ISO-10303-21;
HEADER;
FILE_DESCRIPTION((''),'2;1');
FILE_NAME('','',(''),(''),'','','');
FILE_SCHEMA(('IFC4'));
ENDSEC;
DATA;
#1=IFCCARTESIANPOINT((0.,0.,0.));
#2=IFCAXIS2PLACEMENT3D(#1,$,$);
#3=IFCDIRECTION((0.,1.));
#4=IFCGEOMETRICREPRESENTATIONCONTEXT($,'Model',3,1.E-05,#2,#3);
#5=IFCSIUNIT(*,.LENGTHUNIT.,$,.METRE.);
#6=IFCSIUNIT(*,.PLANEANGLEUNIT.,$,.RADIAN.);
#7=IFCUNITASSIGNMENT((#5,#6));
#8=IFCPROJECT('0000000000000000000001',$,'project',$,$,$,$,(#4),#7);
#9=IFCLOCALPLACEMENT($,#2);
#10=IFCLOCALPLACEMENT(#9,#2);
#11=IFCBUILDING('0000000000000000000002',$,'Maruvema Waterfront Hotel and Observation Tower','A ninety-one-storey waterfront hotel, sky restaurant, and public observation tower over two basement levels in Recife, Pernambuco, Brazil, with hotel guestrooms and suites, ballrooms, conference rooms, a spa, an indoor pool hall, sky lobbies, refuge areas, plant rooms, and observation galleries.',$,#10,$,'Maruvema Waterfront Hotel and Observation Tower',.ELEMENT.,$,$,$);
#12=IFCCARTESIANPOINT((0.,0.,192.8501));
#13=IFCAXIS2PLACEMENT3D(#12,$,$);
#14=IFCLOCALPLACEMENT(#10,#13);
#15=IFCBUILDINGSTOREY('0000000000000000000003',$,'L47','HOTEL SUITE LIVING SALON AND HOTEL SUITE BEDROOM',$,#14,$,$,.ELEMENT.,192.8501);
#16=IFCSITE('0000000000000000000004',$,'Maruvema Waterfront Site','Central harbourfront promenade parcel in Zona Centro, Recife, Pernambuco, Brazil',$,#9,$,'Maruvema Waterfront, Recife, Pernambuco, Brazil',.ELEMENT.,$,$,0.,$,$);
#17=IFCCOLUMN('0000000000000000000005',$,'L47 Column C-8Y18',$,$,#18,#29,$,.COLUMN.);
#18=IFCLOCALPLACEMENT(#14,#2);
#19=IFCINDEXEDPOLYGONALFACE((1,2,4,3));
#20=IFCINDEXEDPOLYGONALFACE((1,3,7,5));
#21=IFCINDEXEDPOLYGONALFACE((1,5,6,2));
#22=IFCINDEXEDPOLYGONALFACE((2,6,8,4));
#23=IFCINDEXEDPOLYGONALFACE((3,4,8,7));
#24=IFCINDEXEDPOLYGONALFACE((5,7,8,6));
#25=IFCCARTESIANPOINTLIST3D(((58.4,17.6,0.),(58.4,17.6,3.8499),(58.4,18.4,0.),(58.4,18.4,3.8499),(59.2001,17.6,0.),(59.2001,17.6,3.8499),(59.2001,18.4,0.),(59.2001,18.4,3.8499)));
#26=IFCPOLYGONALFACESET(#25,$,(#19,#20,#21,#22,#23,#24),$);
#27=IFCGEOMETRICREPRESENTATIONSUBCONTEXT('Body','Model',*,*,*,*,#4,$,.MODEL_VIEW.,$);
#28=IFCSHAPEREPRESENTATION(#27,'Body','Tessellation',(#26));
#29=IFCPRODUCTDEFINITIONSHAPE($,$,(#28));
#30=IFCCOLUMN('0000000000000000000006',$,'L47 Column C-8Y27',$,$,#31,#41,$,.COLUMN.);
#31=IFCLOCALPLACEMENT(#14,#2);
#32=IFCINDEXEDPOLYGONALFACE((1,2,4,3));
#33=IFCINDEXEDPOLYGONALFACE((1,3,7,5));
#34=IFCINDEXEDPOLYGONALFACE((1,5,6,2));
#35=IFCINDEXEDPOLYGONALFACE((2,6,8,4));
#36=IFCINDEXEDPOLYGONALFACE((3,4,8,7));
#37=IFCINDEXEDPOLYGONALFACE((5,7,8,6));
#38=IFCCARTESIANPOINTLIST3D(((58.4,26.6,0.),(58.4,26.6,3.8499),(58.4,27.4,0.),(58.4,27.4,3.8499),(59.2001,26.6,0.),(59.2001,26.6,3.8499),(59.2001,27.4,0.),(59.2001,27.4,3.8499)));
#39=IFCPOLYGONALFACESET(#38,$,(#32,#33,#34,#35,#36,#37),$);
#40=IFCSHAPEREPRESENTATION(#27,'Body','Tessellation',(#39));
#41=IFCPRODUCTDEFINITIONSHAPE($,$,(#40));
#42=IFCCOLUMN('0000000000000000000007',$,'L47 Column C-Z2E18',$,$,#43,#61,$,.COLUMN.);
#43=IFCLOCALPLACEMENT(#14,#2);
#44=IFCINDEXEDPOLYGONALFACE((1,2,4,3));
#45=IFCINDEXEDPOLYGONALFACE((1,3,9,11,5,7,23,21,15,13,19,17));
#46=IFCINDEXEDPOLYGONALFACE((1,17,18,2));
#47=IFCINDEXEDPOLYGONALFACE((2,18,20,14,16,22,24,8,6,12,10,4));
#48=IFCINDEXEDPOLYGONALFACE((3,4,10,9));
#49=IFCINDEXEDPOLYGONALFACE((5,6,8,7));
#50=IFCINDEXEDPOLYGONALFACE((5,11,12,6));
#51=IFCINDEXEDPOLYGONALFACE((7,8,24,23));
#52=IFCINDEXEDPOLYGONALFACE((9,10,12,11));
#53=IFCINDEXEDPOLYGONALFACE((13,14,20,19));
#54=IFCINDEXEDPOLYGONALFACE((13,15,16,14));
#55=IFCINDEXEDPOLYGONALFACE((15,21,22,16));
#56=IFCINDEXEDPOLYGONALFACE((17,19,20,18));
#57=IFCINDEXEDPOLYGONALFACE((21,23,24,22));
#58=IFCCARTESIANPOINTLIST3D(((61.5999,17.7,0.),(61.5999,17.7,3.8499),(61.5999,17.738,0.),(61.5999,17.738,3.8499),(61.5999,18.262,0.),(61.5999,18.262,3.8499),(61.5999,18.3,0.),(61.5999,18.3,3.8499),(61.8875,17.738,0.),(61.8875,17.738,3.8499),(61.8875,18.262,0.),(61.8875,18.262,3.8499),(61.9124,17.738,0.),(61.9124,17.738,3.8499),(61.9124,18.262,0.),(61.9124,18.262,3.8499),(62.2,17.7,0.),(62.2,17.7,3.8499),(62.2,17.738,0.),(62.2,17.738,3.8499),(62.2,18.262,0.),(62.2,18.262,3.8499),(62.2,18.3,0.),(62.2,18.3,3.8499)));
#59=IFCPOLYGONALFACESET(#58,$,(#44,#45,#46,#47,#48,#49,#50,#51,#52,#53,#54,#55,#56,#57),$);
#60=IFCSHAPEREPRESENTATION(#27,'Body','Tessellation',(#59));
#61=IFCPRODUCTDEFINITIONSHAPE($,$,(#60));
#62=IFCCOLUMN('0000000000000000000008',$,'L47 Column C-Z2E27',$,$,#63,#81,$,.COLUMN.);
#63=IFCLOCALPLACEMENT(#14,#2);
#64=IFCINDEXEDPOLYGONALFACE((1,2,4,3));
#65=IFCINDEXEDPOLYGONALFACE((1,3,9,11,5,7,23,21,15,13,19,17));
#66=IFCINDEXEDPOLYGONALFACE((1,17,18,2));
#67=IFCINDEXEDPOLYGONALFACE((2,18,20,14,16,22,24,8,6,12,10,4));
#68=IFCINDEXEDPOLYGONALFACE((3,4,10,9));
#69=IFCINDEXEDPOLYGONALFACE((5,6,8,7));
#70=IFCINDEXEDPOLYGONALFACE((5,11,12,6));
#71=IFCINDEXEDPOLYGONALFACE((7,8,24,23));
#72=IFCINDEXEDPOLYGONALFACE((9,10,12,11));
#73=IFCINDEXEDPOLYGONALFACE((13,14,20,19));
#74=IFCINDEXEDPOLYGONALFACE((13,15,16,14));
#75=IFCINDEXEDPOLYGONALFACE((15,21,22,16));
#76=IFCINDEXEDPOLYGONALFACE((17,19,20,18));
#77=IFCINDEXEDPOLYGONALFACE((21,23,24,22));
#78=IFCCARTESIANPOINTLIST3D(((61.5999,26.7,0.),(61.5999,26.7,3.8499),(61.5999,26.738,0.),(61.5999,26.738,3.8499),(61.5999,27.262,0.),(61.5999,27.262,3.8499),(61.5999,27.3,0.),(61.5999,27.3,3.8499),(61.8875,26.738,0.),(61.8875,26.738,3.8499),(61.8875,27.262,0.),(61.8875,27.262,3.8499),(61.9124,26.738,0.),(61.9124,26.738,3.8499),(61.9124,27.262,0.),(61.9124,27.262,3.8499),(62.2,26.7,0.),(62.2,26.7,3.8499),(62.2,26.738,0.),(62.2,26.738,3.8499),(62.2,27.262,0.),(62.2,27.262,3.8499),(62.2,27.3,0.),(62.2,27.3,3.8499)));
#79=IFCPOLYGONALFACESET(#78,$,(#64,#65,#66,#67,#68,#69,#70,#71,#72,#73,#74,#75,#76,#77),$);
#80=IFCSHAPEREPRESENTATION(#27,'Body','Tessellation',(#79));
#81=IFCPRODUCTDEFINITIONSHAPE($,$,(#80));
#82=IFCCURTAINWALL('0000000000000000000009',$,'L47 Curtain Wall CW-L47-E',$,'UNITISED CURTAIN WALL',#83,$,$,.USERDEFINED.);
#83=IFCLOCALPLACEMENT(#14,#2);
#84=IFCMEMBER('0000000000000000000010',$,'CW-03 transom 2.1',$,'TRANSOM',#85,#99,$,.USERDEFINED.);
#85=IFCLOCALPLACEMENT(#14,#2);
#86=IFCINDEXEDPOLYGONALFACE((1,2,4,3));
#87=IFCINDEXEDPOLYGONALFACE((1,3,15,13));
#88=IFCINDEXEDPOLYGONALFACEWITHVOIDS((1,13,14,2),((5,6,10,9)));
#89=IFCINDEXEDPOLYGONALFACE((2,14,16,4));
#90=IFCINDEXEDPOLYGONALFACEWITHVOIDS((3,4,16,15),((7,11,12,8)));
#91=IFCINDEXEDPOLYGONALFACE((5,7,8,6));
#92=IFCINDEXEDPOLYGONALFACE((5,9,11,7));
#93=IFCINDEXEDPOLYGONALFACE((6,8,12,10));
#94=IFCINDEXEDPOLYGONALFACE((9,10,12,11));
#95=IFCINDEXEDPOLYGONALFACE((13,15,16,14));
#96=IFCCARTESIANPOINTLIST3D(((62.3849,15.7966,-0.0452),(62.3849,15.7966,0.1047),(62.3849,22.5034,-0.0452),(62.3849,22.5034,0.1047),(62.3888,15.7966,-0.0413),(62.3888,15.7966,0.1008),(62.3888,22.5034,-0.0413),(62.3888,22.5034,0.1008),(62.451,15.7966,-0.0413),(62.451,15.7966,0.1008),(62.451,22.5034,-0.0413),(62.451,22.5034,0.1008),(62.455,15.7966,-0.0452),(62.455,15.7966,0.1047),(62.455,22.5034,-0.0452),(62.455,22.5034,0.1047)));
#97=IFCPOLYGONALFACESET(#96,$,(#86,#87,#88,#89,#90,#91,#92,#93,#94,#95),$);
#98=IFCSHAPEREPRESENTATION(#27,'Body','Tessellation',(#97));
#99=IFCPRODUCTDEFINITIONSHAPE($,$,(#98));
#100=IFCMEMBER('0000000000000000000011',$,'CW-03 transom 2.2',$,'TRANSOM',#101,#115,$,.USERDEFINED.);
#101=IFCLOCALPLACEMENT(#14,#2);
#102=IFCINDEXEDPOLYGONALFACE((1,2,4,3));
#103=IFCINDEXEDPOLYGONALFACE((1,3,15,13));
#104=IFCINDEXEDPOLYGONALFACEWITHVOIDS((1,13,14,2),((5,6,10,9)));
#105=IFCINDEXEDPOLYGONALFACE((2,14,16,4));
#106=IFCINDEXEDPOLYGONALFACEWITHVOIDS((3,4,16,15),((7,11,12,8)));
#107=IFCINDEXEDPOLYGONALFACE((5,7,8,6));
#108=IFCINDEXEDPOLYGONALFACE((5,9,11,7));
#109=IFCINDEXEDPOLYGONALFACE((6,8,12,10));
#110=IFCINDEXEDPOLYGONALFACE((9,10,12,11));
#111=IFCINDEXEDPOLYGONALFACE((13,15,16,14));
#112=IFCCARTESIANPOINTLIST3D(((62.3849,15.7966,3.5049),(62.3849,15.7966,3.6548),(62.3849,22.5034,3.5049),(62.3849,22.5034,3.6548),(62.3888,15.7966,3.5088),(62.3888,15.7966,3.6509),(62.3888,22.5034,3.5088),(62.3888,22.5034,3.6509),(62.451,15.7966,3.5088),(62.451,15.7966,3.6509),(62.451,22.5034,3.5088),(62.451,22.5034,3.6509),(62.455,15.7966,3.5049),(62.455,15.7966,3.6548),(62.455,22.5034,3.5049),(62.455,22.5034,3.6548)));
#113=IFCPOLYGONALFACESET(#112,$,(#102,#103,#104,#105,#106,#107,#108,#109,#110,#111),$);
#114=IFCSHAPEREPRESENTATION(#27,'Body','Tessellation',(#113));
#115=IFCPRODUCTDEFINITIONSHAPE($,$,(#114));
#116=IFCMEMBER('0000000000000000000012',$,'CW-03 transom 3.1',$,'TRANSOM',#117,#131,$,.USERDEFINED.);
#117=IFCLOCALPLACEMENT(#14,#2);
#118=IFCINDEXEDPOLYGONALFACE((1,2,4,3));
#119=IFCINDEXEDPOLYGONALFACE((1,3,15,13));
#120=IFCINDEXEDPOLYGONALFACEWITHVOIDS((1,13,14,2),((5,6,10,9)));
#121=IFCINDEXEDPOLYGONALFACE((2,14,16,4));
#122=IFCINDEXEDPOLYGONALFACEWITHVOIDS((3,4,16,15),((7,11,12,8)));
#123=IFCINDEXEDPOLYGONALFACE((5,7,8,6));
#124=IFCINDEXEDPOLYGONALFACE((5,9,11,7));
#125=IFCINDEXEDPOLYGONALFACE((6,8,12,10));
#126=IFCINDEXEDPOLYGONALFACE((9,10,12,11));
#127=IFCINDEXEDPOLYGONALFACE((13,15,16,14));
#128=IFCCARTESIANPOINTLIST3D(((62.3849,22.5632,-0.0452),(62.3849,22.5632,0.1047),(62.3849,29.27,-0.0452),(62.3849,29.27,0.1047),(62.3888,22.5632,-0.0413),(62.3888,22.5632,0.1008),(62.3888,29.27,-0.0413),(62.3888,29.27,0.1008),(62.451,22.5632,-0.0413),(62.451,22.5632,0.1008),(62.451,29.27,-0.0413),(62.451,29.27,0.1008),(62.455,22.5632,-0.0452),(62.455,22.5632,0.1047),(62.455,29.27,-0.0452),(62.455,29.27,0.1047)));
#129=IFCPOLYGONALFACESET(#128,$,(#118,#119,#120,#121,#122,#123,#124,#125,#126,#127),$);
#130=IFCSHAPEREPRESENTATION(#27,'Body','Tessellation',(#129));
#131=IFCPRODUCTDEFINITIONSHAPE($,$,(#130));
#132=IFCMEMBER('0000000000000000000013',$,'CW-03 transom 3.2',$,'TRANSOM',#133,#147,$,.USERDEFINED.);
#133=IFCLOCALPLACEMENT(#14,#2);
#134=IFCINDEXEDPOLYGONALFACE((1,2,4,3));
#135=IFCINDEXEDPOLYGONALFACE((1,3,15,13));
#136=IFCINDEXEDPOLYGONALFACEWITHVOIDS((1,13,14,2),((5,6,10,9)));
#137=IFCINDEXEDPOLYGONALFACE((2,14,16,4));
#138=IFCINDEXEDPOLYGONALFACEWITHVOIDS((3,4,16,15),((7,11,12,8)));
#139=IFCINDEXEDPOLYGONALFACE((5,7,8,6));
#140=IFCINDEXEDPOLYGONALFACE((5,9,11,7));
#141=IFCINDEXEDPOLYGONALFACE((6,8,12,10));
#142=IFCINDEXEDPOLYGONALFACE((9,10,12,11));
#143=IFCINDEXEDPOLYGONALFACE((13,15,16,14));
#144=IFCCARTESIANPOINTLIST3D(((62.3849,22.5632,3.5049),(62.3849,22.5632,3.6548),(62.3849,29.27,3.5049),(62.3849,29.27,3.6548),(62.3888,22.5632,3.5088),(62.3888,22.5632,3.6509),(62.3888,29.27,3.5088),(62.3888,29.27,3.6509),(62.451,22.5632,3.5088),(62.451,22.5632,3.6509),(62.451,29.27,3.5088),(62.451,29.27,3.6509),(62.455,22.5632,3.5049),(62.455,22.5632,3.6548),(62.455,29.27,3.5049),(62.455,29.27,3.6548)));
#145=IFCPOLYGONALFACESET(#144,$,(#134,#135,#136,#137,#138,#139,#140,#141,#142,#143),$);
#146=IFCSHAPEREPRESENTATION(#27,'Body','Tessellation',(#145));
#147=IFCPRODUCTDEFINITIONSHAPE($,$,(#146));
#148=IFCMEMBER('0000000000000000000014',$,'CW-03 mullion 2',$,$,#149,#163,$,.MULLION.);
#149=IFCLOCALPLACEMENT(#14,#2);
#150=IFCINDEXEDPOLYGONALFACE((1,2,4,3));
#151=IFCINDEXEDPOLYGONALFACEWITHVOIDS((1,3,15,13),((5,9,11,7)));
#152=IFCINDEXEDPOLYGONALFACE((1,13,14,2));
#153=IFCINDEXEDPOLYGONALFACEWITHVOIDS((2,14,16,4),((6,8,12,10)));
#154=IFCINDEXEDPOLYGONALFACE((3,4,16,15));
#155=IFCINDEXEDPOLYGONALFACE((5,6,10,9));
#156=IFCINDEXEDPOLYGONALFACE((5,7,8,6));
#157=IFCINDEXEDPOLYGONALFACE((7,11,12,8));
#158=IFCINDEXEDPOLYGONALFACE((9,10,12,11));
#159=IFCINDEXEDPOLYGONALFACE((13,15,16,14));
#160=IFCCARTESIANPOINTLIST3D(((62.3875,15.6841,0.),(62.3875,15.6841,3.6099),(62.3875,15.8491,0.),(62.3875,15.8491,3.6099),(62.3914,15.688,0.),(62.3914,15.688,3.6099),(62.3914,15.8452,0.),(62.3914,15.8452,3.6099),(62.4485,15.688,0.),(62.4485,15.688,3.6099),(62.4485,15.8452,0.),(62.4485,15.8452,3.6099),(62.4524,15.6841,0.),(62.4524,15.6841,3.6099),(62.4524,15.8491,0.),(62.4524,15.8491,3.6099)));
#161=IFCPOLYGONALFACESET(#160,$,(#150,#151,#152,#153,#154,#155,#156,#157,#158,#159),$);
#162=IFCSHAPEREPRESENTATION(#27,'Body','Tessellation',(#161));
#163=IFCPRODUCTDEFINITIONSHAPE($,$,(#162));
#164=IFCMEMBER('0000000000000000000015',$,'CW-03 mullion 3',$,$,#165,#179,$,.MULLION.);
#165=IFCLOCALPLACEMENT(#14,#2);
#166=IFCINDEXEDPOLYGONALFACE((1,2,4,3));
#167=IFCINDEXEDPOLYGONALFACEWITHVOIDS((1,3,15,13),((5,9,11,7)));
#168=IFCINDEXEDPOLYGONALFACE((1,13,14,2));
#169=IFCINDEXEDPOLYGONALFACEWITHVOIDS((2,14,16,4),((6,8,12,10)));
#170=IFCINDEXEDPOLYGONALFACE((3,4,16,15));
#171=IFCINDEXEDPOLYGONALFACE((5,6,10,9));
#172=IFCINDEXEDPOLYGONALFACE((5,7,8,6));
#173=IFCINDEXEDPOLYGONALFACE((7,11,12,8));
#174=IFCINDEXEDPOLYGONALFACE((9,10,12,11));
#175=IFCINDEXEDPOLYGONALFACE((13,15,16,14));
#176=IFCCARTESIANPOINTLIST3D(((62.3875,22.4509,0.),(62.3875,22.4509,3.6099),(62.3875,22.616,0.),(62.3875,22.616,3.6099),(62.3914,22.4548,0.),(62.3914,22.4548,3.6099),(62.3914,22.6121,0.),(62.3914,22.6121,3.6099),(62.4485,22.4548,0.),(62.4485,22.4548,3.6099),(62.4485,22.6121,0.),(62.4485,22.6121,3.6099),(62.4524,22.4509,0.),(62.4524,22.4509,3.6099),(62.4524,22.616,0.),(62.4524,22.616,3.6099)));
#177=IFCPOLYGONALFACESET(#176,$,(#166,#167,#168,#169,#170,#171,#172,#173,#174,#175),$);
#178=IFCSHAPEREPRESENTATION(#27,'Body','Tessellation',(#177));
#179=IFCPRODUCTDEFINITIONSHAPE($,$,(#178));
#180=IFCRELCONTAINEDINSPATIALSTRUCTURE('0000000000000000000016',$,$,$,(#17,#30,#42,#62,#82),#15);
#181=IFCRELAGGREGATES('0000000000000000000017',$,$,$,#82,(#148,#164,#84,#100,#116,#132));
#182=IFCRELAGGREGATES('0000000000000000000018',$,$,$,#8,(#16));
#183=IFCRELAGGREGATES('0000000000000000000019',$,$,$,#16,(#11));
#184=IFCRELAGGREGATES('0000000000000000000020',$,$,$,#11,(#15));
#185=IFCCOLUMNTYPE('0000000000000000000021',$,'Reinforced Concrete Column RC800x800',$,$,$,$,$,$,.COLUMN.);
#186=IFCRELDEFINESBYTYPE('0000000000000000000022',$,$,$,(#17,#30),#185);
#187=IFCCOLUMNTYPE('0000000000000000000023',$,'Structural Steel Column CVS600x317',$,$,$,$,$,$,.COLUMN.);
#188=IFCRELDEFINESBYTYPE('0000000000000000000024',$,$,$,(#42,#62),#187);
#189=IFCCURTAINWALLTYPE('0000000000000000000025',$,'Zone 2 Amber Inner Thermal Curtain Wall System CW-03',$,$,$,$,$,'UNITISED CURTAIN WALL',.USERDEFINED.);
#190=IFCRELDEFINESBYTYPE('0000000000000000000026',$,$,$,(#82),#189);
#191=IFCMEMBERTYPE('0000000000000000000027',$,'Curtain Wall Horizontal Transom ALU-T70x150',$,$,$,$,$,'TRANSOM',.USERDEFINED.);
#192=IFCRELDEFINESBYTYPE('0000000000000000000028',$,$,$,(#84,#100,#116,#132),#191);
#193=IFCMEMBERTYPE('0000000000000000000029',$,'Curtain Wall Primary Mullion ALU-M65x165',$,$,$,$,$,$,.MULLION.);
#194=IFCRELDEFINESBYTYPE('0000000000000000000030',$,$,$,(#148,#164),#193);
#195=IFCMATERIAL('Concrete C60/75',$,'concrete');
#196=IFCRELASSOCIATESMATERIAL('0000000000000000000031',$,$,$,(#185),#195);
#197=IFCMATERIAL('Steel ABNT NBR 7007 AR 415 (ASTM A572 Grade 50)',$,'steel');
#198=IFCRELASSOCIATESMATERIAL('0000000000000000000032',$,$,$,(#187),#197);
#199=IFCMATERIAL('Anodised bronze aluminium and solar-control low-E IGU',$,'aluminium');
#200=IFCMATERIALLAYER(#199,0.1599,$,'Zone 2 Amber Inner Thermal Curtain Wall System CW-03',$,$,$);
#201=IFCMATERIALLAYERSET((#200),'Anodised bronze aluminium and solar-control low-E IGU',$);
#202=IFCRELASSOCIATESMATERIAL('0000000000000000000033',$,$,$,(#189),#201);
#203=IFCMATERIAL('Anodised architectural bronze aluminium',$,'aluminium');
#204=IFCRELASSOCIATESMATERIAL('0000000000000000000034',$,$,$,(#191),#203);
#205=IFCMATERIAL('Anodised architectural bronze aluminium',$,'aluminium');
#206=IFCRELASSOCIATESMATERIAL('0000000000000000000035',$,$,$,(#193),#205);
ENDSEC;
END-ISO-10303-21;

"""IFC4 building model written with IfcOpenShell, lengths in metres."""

from ifc_helpers import new_model, si_unit, direction, frame, origin, origin_2d, place, context, subcontext, project, spatial, rectangle, hollow_rectangle, i_section, extrude, material, layer, layer_set, material_profile, profile_set, type_object, element, aggregate, save


model = new_model("IFC4")

# Units and contexts
model_context = context("Model", 3, precision=1e-05, world=origin(), true_north=direction((0.0, 1.0)))
body_context = subcontext(model_context, "Body", "Model", "MODEL_VIEW")
ifc_project = project(units=[si_unit("LENGTHUNIT", "METRE"), si_unit("PLANEANGLEUNIT", "RADIAN")], contexts=[model_context])

# Site, building, storey
site_placement = place(None, origin())
site = spatial("IfcSite", under=ifc_project, at=site_placement, Name="Maruvema Waterfront Site", Description="Central harbourfront promenade parcel in Zona Centro, Recife, Pernambuco, Brazil", LongName="Maruvema Waterfront, Recife, Pernambuco, Brazil", CompositionType="ELEMENT", RefElevation=0.0)
building_placement = place(site_placement, origin())
building = spatial("IfcBuilding", under=site, at=building_placement, Name="Maruvema Waterfront Hotel and Observation Tower", Description="A ninety-one-storey waterfront hotel, sky restaurant, and public observation tower over two basement levels in Recife, Pernambuco, Brazil, with hotel guestrooms and suites, ballrooms, conference rooms, a spa, an indoor pool hall, sky lobbies, refuge areas, plant rooms, and observation galleries.", LongName="Maruvema Waterfront Hotel and Observation Tower", CompositionType="ELEMENT")
storey_placement = place(building_placement, frame((0.0, 0.0, 192.8501)))
storey = spatial("IfcBuildingStorey", under=building, at=storey_placement, Name="L47", Description="HOTEL SUITE LIVING SALON AND HOTEL SUITE BEDROOM", CompositionType="ELEMENT", Elevation=192.8501)

# Columns
ifc_material_1 = material(Name="Concrete C60/75", Category="concrete")
ifc_material_profile_1 = material_profile(ifc_material_1, rectangle(XDim=0.8, YDim=0.8, at=origin_2d()), Name="RC800x800")
ifc_profile_set_1 = profile_set([ifc_material_profile_1], Name="Concrete C60/75")
column_type_1 = type_object("IfcColumnType", Name="Reinforced Concrete Column RC800x800", PredefinedType="COLUMN", material=ifc_profile_set_1)
for number, where, z_axis, x_axis, name in (
    (1, (58.8, 18.0, 0.0), (0.0, 0.0, 1.0), (1.0, 0.0, 0.0), "L47 Column C-8Y18"),
    (2, (58.8, 27.0, 0.0), (0.0, 0.0, 1.0), (1.0, 0.0, 0.0), "L47 Column C-8Y27"),
):
    element("IfcColumn", number, at=place(storey_placement, frame(where, z_axis=z_axis, x_axis=x_axis)), inside=storey, type_object=column_type_1, Name=name, PredefinedType="COLUMN", context=body_context, shape_type="SweptSolid", body=[
        extrude(rectangle(XDim=0.8, YDim=0.8, at=origin_2d()), origin(), (0.0, 0.0, 1.0), 3.8499),
    ])
ifc_material_2 = material(Name="Steel ABNT NBR 7007 AR 415 (ASTM A572 Grade 50)", Category="steel")
ifc_material_profile_2 = material_profile(ifc_material_2, i_section(OverallWidth=0.6001, OverallDepth=0.6001, WebThickness=0.0249, FlangeThickness=0.0381, at=origin_2d()), Name="CVS600x317")
ifc_profile_set_2 = profile_set([ifc_material_profile_2], Name="Steel ABNT NBR 7007 AR 415 (ASTM A572 Grade 50)")
column_type_2 = type_object("IfcColumnType", Name="Structural Steel Column CVS600x317", PredefinedType="COLUMN", material=ifc_profile_set_2)
for number, where, z_axis, x_axis, name in (
    (3, (61.8999, 18.0, 0.0), (0.0, 0.0, 1.0), (1.0, 0.0, 0.0), "L47 Column C-Z2E18"),
    (4, (61.8999, 27.0, 0.0), (0.0, 0.0, 1.0), (1.0, 0.0, 0.0), "L47 Column C-Z2E27"),
):
    element("IfcColumn", number, at=place(storey_placement, frame(where, z_axis=z_axis, x_axis=x_axis)), inside=storey, type_object=column_type_2, Name=name, PredefinedType="COLUMN", context=body_context, shape_type="SweptSolid", body=[
        extrude(i_section(OverallWidth=0.6001, OverallDepth=0.6001, WebThickness=0.0249, FlangeThickness=0.0381, at=origin_2d()), origin(), (0.0, 0.0, 1.0), 3.8499),
    ])

# Curtain wall, members
ifc_material_3 = material(Name="Anodised bronze aluminium and solar-control low-E IGU", Category="aluminium")
ifc_layer_1 = layer(ifc_material_3, 0.1599, Name="Zone 2 Amber Inner Thermal Curtain Wall System CW-03")
ifc_layer_set_1 = layer_set([ifc_layer_1], Name="Anodised bronze aluminium and solar-control low-E IGU")
curtain_wall_type = type_object("IfcCurtainWallType", Name="Zone 2 Amber Inner Thermal Curtain Wall System CW-03", ElementType="UNITISED CURTAIN WALL", PredefinedType="USERDEFINED", material=ifc_layer_set_1)
curtain_wall_placement = place(storey_placement, origin())
curtain_wall = element("IfcCurtainWall", 5, at=curtain_wall_placement, inside=storey, type_object=curtain_wall_type, Name="L47 Curtain Wall CW-L47-E", ObjectType="UNITISED CURTAIN WALL", PredefinedType="USERDEFINED")
ifc_material_4 = material(Name="Anodised architectural bronze aluminium", Category="aluminium")
ifc_material_profile_3 = material_profile(ifc_material_4, hollow_rectangle(XDim=0.0701, YDim=0.1499, WallThickness=0.0039, at=origin_2d()), Name="ALU-T70x150")
ifc_profile_set_3 = profile_set([ifc_material_profile_3], Name="Anodised architectural bronze aluminium")
member_type_1 = type_object("IfcMemberType", Name="Curtain Wall Horizontal Transom ALU-T70x150", ElementType="TRANSOM", PredefinedType="USERDEFINED", material=ifc_profile_set_3)
member_1_placement = place(storey_placement, frame((62.4199, 15.7966, 0.0298), z_axis=(0.0, 1.0, 0.0), x_axis=(-1.0, 0.0, 0.0)))
member_1 = element("IfcMember", 6, at=member_1_placement, type_object=member_type_1, Name="CW-03 transom 2.1", ObjectType="TRANSOM", PredefinedType="USERDEFINED", context=body_context, shape_type="SweptSolid", body=[
    extrude(hollow_rectangle(XDim=0.0701, YDim=0.1499, WallThickness=0.0039, at=origin_2d()), origin(), (0.0, 0.0, 1.0), 6.7068),
])
member_2_placement = place(storey_placement, frame((62.4199, 15.7966, 3.5798), z_axis=(0.0, 1.0, 0.0), x_axis=(-1.0, 0.0, 0.0)))
member_2 = element("IfcMember", 7, at=member_2_placement, type_object=member_type_1, Name="CW-03 transom 2.2", ObjectType="TRANSOM", PredefinedType="USERDEFINED", context=body_context, shape_type="SweptSolid", body=[
    extrude(hollow_rectangle(XDim=0.0701, YDim=0.1499, WallThickness=0.0039, at=origin_2d()), origin(), (0.0, 0.0, 1.0), 6.7068),
])
member_3_placement = place(storey_placement, frame((62.4199, 22.5632, 0.0298), z_axis=(0.0, 1.0, 0.0), x_axis=(-1.0, 0.0, 0.0)))
member_3 = element("IfcMember", 8, at=member_3_placement, type_object=member_type_1, Name="CW-03 transom 3.1", ObjectType="TRANSOM", PredefinedType="USERDEFINED", context=body_context, shape_type="SweptSolid", body=[
    extrude(hollow_rectangle(XDim=0.0701, YDim=0.1499, WallThickness=0.0039, at=origin_2d()), origin(), (0.0, 0.0, 1.0), 6.7068),
])
member_4_placement = place(storey_placement, frame((62.4199, 22.5632, 3.5798), z_axis=(0.0, 1.0, 0.0), x_axis=(-1.0, 0.0, 0.0)))
member_4 = element("IfcMember", 9, at=member_4_placement, type_object=member_type_1, Name="CW-03 transom 3.2", ObjectType="TRANSOM", PredefinedType="USERDEFINED", context=body_context, shape_type="SweptSolid", body=[
    extrude(hollow_rectangle(XDim=0.0701, YDim=0.1499, WallThickness=0.0039, at=origin_2d()), origin(), (0.0, 0.0, 1.0), 6.7068),
])
ifc_material_5 = material(Name="Anodised architectural bronze aluminium", Category="aluminium")
ifc_material_profile_4 = material_profile(ifc_material_5, hollow_rectangle(XDim=0.0649, YDim=0.165, WallThickness=0.0039, at=origin_2d()), Name="ALU-M65x165")
ifc_profile_set_4 = profile_set([ifc_material_profile_4], Name="Anodised architectural bronze aluminium")
member_type_2 = type_object("IfcMemberType", Name="Curtain Wall Primary Mullion ALU-M65x165", PredefinedType="MULLION", material=ifc_profile_set_4)
member_5_placement = place(storey_placement, frame((62.4199, 15.7666, 0.0), z_axis=(0.0, 0.0, 1.0), x_axis=(-1.0, 0.0, 0.0)))
member_5 = element("IfcMember", 10, at=member_5_placement, type_object=member_type_2, Name="CW-03 mullion 2", PredefinedType="MULLION", context=body_context, shape_type="SweptSolid", body=[
    extrude(hollow_rectangle(XDim=0.0649, YDim=0.165, WallThickness=0.0039, at=origin_2d()), origin(), (0.0, 0.0, 1.0), 3.6099),
])
member_6_placement = place(storey_placement, frame((62.4199, 22.5334, 0.0), z_axis=(0.0, 0.0, 1.0), x_axis=(-1.0, 0.0, 0.0)))
member_6 = element("IfcMember", 11, at=member_6_placement, type_object=member_type_2, Name="CW-03 mullion 3", PredefinedType="MULLION", context=body_context, shape_type="SweptSolid", body=[
    extrude(hollow_rectangle(XDim=0.0649, YDim=0.165, WallThickness=0.0039, at=origin_2d()), origin(), (0.0, 0.0, 1.0), 3.6099),
])

aggregate(curtain_wall, [member_5, member_6, member_1, member_2, member_3, member_4])

save(model, "model.ifc")
